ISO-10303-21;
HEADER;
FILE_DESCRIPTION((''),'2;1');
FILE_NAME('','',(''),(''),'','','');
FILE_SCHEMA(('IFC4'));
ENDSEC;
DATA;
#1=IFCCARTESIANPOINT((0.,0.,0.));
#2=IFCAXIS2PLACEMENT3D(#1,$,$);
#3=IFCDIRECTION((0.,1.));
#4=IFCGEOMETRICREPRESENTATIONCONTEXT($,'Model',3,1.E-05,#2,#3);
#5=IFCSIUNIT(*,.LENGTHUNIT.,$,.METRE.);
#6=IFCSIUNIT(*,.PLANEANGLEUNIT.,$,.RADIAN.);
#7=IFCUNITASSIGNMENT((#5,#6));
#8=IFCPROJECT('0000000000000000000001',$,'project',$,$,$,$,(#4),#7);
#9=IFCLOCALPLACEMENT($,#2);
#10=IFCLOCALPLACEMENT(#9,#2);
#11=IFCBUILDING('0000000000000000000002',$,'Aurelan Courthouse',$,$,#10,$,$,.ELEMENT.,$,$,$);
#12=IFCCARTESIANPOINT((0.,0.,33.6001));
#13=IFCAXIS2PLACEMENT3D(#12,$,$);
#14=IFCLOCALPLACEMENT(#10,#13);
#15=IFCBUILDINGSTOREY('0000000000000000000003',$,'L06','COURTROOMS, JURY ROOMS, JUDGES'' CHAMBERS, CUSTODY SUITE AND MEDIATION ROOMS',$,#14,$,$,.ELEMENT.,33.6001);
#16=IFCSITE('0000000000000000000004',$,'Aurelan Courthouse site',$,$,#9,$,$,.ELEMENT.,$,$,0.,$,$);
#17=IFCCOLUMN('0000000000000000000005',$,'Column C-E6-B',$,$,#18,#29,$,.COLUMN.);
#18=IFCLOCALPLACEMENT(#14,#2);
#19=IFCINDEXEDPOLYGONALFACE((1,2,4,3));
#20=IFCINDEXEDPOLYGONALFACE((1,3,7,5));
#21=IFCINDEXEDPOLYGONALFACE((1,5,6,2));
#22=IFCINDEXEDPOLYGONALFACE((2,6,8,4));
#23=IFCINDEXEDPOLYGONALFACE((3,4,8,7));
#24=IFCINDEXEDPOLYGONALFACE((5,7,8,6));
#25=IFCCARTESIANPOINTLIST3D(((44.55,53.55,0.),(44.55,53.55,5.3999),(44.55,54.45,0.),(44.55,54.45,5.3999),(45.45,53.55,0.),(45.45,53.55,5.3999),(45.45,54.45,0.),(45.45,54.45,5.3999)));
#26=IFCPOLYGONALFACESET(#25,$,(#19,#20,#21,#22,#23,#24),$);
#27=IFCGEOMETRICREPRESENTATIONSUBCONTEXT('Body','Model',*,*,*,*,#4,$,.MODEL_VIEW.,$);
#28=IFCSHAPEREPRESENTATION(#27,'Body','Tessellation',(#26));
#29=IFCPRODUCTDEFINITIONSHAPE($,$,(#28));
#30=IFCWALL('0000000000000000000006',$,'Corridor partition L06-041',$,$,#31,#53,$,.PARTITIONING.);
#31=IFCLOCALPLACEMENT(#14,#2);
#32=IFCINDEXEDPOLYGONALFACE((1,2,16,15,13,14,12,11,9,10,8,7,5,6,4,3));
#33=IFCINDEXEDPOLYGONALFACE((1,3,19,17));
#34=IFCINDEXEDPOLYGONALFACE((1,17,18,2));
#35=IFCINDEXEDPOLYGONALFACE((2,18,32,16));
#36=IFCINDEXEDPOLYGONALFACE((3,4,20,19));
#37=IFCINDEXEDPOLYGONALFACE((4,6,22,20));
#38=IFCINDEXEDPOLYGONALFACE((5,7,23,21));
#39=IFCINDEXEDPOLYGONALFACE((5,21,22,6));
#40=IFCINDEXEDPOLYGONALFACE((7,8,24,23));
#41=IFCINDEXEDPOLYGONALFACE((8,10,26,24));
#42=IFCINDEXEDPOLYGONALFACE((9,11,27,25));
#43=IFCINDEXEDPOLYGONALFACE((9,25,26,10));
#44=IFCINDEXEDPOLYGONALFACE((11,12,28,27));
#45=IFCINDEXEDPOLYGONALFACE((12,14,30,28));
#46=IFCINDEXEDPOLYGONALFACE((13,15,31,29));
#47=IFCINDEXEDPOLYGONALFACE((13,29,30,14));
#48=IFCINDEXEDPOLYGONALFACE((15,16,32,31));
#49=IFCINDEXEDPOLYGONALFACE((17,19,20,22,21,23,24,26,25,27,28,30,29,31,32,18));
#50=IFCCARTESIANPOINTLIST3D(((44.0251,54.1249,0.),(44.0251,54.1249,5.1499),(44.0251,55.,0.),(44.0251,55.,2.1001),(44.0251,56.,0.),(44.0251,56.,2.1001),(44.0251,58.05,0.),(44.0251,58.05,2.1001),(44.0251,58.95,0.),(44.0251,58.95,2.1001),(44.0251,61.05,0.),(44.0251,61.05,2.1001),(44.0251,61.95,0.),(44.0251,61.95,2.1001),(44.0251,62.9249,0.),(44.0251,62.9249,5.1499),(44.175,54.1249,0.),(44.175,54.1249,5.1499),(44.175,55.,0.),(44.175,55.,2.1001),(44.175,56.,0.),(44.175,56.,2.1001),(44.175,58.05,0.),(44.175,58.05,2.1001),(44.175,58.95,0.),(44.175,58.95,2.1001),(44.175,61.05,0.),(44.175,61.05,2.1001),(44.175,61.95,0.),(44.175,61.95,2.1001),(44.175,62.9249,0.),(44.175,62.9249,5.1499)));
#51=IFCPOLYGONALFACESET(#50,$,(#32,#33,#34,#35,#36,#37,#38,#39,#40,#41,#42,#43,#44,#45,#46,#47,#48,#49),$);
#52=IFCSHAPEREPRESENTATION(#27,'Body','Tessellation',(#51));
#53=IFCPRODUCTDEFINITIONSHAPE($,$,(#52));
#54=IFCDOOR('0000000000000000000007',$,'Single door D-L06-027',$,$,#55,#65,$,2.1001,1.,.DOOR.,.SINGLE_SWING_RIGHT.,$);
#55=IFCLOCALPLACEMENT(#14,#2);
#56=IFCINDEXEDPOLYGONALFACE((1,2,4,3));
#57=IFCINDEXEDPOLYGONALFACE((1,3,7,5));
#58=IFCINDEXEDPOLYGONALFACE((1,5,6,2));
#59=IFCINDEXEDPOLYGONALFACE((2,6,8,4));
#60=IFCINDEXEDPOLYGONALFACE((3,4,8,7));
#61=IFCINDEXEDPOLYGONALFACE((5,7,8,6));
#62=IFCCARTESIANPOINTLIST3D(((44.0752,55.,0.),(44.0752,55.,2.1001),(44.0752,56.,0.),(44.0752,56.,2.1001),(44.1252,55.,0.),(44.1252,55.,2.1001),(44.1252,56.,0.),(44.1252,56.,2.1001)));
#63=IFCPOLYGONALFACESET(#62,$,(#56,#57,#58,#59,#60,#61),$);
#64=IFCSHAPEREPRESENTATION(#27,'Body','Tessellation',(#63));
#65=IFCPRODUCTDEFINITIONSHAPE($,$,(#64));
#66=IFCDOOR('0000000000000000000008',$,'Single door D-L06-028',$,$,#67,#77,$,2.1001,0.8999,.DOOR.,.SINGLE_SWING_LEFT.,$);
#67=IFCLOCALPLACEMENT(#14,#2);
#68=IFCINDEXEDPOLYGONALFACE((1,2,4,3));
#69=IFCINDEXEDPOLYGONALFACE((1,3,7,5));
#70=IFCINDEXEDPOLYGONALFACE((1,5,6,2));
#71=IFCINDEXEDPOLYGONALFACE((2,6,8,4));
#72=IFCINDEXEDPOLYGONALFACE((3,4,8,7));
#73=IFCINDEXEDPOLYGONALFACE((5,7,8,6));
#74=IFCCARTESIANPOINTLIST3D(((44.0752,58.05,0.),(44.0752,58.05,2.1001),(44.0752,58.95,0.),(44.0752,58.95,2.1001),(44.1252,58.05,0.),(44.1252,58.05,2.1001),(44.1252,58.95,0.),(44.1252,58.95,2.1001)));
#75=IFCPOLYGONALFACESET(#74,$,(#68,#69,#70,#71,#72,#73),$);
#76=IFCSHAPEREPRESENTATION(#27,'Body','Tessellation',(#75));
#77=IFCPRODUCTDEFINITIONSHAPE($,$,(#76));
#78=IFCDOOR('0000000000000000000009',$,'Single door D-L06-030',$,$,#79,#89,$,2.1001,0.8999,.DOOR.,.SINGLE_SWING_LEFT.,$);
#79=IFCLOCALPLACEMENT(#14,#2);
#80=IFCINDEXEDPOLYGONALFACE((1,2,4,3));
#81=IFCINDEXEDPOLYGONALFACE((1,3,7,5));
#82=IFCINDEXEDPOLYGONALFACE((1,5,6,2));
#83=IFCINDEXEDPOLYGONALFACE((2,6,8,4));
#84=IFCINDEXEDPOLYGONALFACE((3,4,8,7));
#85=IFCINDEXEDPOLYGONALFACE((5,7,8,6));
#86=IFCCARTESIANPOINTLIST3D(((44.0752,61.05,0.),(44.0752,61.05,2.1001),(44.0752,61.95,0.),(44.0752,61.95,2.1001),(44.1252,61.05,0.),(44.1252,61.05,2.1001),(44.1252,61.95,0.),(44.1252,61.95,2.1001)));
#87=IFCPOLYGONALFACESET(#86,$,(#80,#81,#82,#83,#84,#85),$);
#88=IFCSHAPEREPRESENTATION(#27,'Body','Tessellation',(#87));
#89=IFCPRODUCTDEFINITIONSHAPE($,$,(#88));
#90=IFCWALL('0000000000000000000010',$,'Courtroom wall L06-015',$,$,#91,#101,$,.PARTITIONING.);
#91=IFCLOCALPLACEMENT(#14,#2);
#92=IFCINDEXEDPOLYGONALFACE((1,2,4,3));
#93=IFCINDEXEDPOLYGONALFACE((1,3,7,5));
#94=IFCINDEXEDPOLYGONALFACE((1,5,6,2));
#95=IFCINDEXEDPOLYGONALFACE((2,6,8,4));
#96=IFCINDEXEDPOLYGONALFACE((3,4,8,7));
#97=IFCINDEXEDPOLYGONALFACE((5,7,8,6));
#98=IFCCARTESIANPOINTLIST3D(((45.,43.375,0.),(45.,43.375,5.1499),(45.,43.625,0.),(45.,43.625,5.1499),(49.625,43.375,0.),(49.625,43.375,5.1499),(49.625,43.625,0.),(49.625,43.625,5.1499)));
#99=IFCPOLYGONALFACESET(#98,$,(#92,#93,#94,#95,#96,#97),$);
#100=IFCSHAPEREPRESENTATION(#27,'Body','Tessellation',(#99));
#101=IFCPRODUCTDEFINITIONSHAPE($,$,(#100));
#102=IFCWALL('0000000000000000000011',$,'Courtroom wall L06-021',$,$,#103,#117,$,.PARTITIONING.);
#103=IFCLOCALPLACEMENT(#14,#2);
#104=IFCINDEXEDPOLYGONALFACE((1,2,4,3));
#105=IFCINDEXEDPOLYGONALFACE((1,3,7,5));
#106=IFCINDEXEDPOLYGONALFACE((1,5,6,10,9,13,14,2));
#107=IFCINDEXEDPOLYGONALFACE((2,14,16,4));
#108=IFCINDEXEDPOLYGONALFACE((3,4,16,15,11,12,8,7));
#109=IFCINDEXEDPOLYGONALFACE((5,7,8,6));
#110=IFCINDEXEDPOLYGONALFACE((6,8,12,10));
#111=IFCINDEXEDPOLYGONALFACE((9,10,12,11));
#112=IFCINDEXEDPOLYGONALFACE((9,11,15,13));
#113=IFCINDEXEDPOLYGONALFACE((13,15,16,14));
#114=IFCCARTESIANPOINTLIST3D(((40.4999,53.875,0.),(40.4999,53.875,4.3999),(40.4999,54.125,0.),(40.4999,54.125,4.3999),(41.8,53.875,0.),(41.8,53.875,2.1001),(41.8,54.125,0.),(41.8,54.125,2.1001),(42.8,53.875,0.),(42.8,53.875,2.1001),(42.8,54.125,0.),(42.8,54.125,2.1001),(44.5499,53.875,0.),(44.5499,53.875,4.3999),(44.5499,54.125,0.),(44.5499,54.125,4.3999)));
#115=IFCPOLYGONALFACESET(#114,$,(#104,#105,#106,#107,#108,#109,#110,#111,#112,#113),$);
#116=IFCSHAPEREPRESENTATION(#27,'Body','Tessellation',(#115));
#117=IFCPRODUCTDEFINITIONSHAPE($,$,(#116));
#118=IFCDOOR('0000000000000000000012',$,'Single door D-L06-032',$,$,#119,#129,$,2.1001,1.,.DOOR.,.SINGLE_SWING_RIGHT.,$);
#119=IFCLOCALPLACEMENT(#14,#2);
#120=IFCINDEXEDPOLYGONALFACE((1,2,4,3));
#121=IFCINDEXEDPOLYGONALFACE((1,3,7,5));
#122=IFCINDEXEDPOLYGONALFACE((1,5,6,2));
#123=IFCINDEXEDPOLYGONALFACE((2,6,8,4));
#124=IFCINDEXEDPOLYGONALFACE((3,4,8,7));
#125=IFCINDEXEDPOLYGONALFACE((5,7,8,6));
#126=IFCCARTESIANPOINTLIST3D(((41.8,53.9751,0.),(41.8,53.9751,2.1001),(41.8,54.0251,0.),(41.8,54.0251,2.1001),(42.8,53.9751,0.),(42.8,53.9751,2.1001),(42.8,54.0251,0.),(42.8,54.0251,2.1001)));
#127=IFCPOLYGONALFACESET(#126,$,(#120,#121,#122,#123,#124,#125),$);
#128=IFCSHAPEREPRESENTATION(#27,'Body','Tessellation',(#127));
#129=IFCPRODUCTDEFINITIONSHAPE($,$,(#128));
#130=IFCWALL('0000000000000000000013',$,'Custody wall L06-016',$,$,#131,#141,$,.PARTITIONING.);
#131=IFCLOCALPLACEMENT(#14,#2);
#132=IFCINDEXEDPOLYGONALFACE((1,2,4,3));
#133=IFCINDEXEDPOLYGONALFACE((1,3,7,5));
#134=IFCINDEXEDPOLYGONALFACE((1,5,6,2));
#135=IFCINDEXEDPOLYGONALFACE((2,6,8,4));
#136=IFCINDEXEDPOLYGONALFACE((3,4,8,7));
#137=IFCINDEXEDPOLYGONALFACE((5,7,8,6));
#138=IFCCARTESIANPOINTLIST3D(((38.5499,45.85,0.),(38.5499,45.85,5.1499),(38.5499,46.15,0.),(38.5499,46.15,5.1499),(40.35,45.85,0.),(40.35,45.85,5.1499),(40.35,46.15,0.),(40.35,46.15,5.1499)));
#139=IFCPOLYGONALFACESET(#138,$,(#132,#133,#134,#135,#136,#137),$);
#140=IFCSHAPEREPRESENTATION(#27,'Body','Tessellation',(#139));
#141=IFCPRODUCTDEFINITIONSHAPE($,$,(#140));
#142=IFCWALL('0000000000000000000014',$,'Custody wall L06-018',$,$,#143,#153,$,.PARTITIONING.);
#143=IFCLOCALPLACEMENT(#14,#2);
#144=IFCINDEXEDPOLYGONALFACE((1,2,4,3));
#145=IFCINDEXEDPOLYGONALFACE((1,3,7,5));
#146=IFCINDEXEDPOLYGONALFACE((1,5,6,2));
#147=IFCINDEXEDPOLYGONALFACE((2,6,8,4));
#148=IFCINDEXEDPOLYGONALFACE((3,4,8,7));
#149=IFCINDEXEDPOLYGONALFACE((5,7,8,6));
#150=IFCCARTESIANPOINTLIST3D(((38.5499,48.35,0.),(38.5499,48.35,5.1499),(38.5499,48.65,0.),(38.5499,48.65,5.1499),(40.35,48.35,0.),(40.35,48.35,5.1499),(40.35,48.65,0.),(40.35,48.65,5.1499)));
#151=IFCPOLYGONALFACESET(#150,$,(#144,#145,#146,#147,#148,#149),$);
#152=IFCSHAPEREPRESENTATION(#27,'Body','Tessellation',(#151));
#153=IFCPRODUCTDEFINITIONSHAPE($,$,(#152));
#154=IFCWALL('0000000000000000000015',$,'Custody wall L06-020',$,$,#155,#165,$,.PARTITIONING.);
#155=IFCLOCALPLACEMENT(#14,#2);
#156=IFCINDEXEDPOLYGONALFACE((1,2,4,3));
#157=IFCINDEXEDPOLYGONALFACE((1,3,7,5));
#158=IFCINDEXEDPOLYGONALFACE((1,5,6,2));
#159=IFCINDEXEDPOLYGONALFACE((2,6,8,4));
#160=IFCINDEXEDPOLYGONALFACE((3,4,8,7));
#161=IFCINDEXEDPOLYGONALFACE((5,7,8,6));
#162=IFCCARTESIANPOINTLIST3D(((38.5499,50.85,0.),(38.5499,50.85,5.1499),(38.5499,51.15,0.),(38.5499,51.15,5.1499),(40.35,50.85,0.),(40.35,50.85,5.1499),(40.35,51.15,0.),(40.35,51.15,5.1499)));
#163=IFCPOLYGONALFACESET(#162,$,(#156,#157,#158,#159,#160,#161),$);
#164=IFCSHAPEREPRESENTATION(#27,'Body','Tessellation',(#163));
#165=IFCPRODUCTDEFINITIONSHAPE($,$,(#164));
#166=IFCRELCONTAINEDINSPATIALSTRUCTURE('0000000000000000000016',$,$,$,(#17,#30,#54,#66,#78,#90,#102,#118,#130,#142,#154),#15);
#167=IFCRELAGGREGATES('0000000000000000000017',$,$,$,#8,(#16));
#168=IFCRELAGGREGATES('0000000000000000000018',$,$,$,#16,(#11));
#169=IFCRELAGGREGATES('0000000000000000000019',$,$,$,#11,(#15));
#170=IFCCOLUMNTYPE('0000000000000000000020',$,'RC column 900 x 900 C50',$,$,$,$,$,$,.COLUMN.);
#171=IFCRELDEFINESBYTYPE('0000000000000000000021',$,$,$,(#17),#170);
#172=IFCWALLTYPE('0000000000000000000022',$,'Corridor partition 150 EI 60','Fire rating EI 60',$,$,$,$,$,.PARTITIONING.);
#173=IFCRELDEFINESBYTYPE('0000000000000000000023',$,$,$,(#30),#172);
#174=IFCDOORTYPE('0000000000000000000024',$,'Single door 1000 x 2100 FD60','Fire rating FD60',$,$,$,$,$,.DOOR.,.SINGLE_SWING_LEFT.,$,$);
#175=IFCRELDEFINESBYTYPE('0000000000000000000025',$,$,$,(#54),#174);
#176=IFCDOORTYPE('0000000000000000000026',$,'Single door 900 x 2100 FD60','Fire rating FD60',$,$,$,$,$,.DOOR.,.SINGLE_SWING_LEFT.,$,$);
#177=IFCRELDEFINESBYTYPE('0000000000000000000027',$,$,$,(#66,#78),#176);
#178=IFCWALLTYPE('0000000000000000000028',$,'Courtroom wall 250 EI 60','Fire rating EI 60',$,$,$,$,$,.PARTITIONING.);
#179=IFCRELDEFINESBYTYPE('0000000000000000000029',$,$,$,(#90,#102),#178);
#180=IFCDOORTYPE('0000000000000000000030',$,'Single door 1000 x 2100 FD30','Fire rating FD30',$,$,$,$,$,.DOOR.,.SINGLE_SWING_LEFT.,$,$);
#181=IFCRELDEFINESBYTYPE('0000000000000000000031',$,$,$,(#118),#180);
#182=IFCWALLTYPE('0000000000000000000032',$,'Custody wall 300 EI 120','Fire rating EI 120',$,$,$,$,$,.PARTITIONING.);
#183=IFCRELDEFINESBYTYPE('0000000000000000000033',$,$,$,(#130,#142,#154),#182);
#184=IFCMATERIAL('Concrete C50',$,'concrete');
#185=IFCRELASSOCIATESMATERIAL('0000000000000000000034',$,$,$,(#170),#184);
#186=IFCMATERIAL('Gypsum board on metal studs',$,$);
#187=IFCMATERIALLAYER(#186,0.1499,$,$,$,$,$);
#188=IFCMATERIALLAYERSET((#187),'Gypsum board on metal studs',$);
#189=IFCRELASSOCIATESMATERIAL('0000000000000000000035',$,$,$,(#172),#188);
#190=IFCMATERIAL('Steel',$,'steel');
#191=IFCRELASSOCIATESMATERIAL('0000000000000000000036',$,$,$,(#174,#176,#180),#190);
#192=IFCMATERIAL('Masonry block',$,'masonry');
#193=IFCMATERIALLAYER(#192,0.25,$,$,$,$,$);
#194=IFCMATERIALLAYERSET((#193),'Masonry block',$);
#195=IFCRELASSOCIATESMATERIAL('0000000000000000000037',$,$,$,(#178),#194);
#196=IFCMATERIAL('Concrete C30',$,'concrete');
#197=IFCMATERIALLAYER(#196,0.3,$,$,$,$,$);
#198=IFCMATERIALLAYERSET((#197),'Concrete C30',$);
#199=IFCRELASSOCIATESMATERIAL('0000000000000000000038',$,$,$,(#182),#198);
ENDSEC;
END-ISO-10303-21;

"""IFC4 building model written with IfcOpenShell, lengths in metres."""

from ifc_helpers import new_model, si_unit, direction, frame, frame_2d, origin, origin_2d, place, context, subcontext, project, spatial, rectangle, extrude, material, layer, layer_set, material_profile, profile_set, type_object, element, fill, save


model = new_model("IFC4")

# Units and contexts
model_context = context("Model", 3, precision=1e-05, world=origin(), true_north=direction((0.0, 1.0)))
body_context = subcontext(model_context, "Body", "Model", "MODEL_VIEW")
ifc_project = project(units=[si_unit("LENGTHUNIT", "METRE"), si_unit("PLANEANGLEUNIT", "RADIAN")], contexts=[model_context])

# Site, building, storey
site_placement = place(None, origin())
site = spatial("IfcSite", under=ifc_project, at=site_placement, Name="Aurelan Courthouse site", CompositionType="ELEMENT", RefElevation=0.0)
building_placement = place(site_placement, origin())
building = spatial("IfcBuilding", under=site, at=building_placement, Name="Aurelan Courthouse", CompositionType="ELEMENT")
storey_placement = place(building_placement, frame((0.0, 0.0, 33.6001)))
storey = spatial("IfcBuildingStorey", under=building, at=storey_placement, Name="L06", Description="COURTROOMS, JURY ROOMS, JUDGES' CHAMBERS, CUSTODY SUITE AND MEDIATION ROOMS", CompositionType="ELEMENT", Elevation=33.6001)

# Column
ifc_material_1 = material(Name="Concrete C50", Category="concrete")
ifc_material_profile = material_profile(ifc_material_1, rectangle(XDim=0.8999, YDim=0.8999, at=origin_2d()), Name="RC 900 x 900")
ifc_profile_set = profile_set([ifc_material_profile], Name="Concrete C50")
column_type = type_object("IfcColumnType", Name="RC column 900 x 900 C50", PredefinedType="COLUMN", material=ifc_profile_set)
column_placement = place(storey_placement, frame((45.0, 54.0, 0.0), z_axis=(0.0, 0.0, 1.0), x_axis=(1.0, 0.0, 0.0)))
element("IfcColumn", 1, at=column_placement, inside=storey, type_object=column_type, Name="Column C-E6-B", PredefinedType="COLUMN", context=body_context, shape_type="SweptSolid", body=[
    extrude(rectangle(XDim=0.8999, YDim=0.8999, at=origin_2d()), origin(), (0.0, 0.0, 1.0), 5.3999),
])

# Wall, openings, doors
ifc_material_2 = material(Name="Gypsum board on metal studs")
ifc_layer_1 = layer(ifc_material_2, 0.1499)
ifc_layer_set_1 = layer_set([ifc_layer_1], Name="Gypsum board on metal studs")
wall_type_1 = type_object("IfcWallType", Name="Corridor partition 150 EI 60", Description="Fire rating EI 60", PredefinedType="PARTITIONING", material=ifc_layer_set_1)
wall_1_placement = place(storey_placement, frame((44.1001, 54.125, 0.0), z_axis=(0.0, 0.0, 1.0), x_axis=(0.0, 1.0, 0.0)))
wall_1 = element("IfcWall", 2, at=wall_1_placement, inside=storey, type_object=wall_type_1, Name="Corridor partition L06-041", PredefinedType="PARTITIONING", context=body_context, shape_type="SweptSolid", body=[
    extrude(rectangle(XDim=8.8, YDim=0.1499, at=frame_2d((4.3999, 0.0))), origin(), (0.0, 0.0, 1.0), 5.1499),
])
opening_1_placement = place(wall_1_placement, frame((0.875, 0.0, 0.0)))
opening_1 = element("IfcOpeningElement", 3, at=opening_1_placement, cuts=wall_1, PredefinedType="OPENING", context=body_context, shape_type="SweptSolid", body=[
    extrude(rectangle(XDim=1.0, YDim=2.1001, at=frame_2d((0.5, 1.05))), frame((0.0, 0.085, 0.0), z_axis=(0.0, -1.0, 0.0), x_axis=(1.0, 0.0, 0.0)), (0.0, 0.0, 1.0), 0.1699),
])
opening_2_placement = place(wall_1_placement, frame((3.925, 0.0, 0.0)))
opening_2 = element("IfcOpeningElement", 4, at=opening_2_placement, cuts=wall_1, PredefinedType="OPENING", context=body_context, shape_type="SweptSolid", body=[
    extrude(rectangle(XDim=0.8999, YDim=2.1001, at=frame_2d((0.45, 1.05))), frame((0.0, 0.085, 0.0), z_axis=(0.0, -1.0, 0.0), x_axis=(1.0, 0.0, 0.0)), (0.0, 0.0, 1.0), 0.1699),
])
opening_3_placement = place(wall_1_placement, frame((6.925, 0.0, 0.0)))
opening_3 = element("IfcOpeningElement", 5, at=opening_3_placement, cuts=wall_1, PredefinedType="OPENING", context=body_context, shape_type="SweptSolid", body=[
    extrude(rectangle(XDim=0.8999, YDim=2.1001, at=frame_2d((0.45, 1.05))), frame((0.0, 0.085, 0.0), z_axis=(0.0, -1.0, 0.0), x_axis=(1.0, 0.0, 0.0)), (0.0, 0.0, 1.0), 0.1699),
])
ifc_material_3 = material(Name="Steel", Category="steel")
door_type_1 = type_object("IfcDoorType", Name="Single door 1000 x 2100 FD60", Description="Fire rating FD60", OperationType="SINGLE_SWING_LEFT", PredefinedType="DOOR", material=ifc_material_3)
door_1_placement = place(opening_1_placement, origin())
door_1 = element("IfcDoor", 6, at=door_1_placement, inside=storey, type_object=door_type_1, Name="Single door D-L06-027", OperationType="SINGLE_SWING_RIGHT", OverallHeight=2.1001, OverallWidth=1.0, PredefinedType="DOOR", context=body_context, shape_type="SweptSolid", body=[
    extrude(rectangle(XDim=1.0, YDim=2.1001, at=frame_2d((0.5, 1.05))), frame((0.0, 0.0249, 0.0), z_axis=(0.0, -1.0, 0.0), x_axis=(1.0, 0.0, 0.0)), (0.0, 0.0, 1.0), 0.05),
])
fill(opening_1, door_1)
door_type_2 = type_object("IfcDoorType", Name="Single door 900 x 2100 FD60", Description="Fire rating FD60", OperationType="SINGLE_SWING_LEFT", PredefinedType="DOOR", material=ifc_material_3)
door_2_placement = place(opening_2_placement, origin())
door_2 = element("IfcDoor", 7, at=door_2_placement, inside=storey, type_object=door_type_2, Name="Single door D-L06-028", OperationType="SINGLE_SWING_LEFT", OverallHeight=2.1001, OverallWidth=0.8999, PredefinedType="DOOR", context=body_context, shape_type="SweptSolid", body=[
    extrude(rectangle(XDim=0.8999, YDim=2.1001, at=frame_2d((0.45, 1.05))), frame((0.0, 0.0249, 0.0), z_axis=(0.0, -1.0, 0.0), x_axis=(1.0, 0.0, 0.0)), (0.0, 0.0, 1.0), 0.05),
])
fill(opening_2, door_2)
door_3_placement = place(opening_3_placement, origin())
door_3 = element("IfcDoor", 8, at=door_3_placement, inside=storey, type_object=door_type_2, Name="Single door D-L06-030", OperationType="SINGLE_SWING_LEFT", OverallHeight=2.1001, OverallWidth=0.8999, PredefinedType="DOOR", context=body_context, shape_type="SweptSolid", body=[
    extrude(rectangle(XDim=0.8999, YDim=2.1001, at=frame_2d((0.45, 1.05))), frame((0.0, 0.0249, 0.0), z_axis=(0.0, -1.0, 0.0), x_axis=(1.0, 0.0, 0.0)), (0.0, 0.0, 1.0), 0.05),
])
fill(opening_3, door_3)

# Wall
ifc_material_4 = material(Name="Masonry block", Category="masonry")
ifc_layer_2 = layer(ifc_material_4, 0.25)
ifc_layer_set_2 = layer_set([ifc_layer_2], Name="Masonry block")
wall_type_2 = type_object("IfcWallType", Name="Courtroom wall 250 EI 60", Description="Fire rating EI 60", PredefinedType="PARTITIONING", material=ifc_layer_set_2)
wall_2_placement = place(storey_placement, frame((45.0, 43.5, 0.0), z_axis=(0.0, 0.0, 1.0), x_axis=(1.0, 0.0, 0.0)))
element("IfcWall", 9, at=wall_2_placement, inside=storey, type_object=wall_type_2, Name="Courtroom wall L06-015", PredefinedType="PARTITIONING", context=body_context, shape_type="SweptSolid", body=[
    extrude(rectangle(XDim=4.625, YDim=0.25, at=frame_2d((2.3125, 0.0))), origin(), (0.0, 0.0, 1.0), 5.1499),
])

# Wall, opening, door
wall_3_placement = place(storey_placement, frame((40.5, 54.0, 0.0), z_axis=(0.0, 0.0, 1.0), x_axis=(1.0, 0.0, 0.0)))
wall_3 = element("IfcWall", 10, at=wall_3_placement, inside=storey, type_object=wall_type_2, Name="Courtroom wall L06-021", PredefinedType="PARTITIONING", context=body_context, shape_type="SweptSolid", body=[
    extrude(rectangle(XDim=4.05, YDim=0.25, at=frame_2d((2.0249, 0.0))), origin(), (0.0, 0.0, 1.0), 4.3999),
])
opening_4_placement = place(wall_3_placement, frame((2.3, 0.0, 0.0), z_axis=(0.0, 0.0, 1.0), x_axis=(-1.0, 0.0, 0.0)))
opening_4 = element("IfcOpeningElement", 11, at=opening_4_placement, cuts=wall_3, PredefinedType="OPENING", context=body_context, shape_type="SweptSolid", body=[
    extrude(rectangle(XDim=1.0, YDim=2.1001, at=frame_2d((0.5, 1.05))), frame((0.0, 0.135, 0.0), z_axis=(0.0, -1.0, 0.0), x_axis=(1.0, 0.0, 0.0)), (0.0, 0.0, 1.0), 0.27),
])
door_type_3 = type_object("IfcDoorType", Name="Single door 1000 x 2100 FD30", Description="Fire rating FD30", OperationType="SINGLE_SWING_LEFT", PredefinedType="DOOR", material=ifc_material_3)
door_4_placement = place(opening_4_placement, origin())
door_4 = element("IfcDoor", 12, at=door_4_placement, inside=storey, type_object=door_type_3, Name="Single door D-L06-032", OperationType="SINGLE_SWING_RIGHT", OverallHeight=2.1001, OverallWidth=1.0, PredefinedType="DOOR", context=body_context, shape_type="SweptSolid", body=[
    extrude(rectangle(XDim=1.0, YDim=2.1001, at=frame_2d((0.5, 1.05))), frame((0.0, 0.0249, 0.0), z_axis=(0.0, -1.0, 0.0), x_axis=(1.0, 0.0, 0.0)), (0.0, 0.0, 1.0), 0.05),
])
fill(opening_4, door_4)

# Walls
ifc_material_5 = material(Name="Concrete C30", Category="concrete")
ifc_layer_3 = layer(ifc_material_5, 0.3)
ifc_layer_set_3 = layer_set([ifc_layer_3], Name="Concrete C30")
wall_type_3 = type_object("IfcWallType", Name="Custody wall 300 EI 120", Description="Fire rating EI 120", PredefinedType="PARTITIONING", material=ifc_layer_set_3)
for number, where, z_axis, x_axis, name in (
    (13, (38.55, 46.0, 0.0), (0.0, 0.0, 1.0), (1.0, 0.0, 0.0), "Custody wall L06-016"),
    (14, (38.55, 48.5, 0.0), (0.0, 0.0, 1.0), (1.0, 0.0, 0.0), "Custody wall L06-018"),
    (15, (38.55, 51.0, 0.0), (0.0, 0.0, 1.0), (1.0, 0.0, 0.0), "Custody wall L06-020"),
):
    element("IfcWall", number, at=place(storey_placement, frame(where, z_axis=z_axis, x_axis=x_axis)), inside=storey, type_object=wall_type_3, Name=name, PredefinedType="PARTITIONING", context=body_context, shape_type="SweptSolid", body=[
        extrude(rectangle(XDim=1.8, YDim=0.3, at=frame_2d((0.8999, 0.0))), origin(), (0.0, 0.0, 1.0), 5.1499),
    ])

save(model, "model.ifc")
